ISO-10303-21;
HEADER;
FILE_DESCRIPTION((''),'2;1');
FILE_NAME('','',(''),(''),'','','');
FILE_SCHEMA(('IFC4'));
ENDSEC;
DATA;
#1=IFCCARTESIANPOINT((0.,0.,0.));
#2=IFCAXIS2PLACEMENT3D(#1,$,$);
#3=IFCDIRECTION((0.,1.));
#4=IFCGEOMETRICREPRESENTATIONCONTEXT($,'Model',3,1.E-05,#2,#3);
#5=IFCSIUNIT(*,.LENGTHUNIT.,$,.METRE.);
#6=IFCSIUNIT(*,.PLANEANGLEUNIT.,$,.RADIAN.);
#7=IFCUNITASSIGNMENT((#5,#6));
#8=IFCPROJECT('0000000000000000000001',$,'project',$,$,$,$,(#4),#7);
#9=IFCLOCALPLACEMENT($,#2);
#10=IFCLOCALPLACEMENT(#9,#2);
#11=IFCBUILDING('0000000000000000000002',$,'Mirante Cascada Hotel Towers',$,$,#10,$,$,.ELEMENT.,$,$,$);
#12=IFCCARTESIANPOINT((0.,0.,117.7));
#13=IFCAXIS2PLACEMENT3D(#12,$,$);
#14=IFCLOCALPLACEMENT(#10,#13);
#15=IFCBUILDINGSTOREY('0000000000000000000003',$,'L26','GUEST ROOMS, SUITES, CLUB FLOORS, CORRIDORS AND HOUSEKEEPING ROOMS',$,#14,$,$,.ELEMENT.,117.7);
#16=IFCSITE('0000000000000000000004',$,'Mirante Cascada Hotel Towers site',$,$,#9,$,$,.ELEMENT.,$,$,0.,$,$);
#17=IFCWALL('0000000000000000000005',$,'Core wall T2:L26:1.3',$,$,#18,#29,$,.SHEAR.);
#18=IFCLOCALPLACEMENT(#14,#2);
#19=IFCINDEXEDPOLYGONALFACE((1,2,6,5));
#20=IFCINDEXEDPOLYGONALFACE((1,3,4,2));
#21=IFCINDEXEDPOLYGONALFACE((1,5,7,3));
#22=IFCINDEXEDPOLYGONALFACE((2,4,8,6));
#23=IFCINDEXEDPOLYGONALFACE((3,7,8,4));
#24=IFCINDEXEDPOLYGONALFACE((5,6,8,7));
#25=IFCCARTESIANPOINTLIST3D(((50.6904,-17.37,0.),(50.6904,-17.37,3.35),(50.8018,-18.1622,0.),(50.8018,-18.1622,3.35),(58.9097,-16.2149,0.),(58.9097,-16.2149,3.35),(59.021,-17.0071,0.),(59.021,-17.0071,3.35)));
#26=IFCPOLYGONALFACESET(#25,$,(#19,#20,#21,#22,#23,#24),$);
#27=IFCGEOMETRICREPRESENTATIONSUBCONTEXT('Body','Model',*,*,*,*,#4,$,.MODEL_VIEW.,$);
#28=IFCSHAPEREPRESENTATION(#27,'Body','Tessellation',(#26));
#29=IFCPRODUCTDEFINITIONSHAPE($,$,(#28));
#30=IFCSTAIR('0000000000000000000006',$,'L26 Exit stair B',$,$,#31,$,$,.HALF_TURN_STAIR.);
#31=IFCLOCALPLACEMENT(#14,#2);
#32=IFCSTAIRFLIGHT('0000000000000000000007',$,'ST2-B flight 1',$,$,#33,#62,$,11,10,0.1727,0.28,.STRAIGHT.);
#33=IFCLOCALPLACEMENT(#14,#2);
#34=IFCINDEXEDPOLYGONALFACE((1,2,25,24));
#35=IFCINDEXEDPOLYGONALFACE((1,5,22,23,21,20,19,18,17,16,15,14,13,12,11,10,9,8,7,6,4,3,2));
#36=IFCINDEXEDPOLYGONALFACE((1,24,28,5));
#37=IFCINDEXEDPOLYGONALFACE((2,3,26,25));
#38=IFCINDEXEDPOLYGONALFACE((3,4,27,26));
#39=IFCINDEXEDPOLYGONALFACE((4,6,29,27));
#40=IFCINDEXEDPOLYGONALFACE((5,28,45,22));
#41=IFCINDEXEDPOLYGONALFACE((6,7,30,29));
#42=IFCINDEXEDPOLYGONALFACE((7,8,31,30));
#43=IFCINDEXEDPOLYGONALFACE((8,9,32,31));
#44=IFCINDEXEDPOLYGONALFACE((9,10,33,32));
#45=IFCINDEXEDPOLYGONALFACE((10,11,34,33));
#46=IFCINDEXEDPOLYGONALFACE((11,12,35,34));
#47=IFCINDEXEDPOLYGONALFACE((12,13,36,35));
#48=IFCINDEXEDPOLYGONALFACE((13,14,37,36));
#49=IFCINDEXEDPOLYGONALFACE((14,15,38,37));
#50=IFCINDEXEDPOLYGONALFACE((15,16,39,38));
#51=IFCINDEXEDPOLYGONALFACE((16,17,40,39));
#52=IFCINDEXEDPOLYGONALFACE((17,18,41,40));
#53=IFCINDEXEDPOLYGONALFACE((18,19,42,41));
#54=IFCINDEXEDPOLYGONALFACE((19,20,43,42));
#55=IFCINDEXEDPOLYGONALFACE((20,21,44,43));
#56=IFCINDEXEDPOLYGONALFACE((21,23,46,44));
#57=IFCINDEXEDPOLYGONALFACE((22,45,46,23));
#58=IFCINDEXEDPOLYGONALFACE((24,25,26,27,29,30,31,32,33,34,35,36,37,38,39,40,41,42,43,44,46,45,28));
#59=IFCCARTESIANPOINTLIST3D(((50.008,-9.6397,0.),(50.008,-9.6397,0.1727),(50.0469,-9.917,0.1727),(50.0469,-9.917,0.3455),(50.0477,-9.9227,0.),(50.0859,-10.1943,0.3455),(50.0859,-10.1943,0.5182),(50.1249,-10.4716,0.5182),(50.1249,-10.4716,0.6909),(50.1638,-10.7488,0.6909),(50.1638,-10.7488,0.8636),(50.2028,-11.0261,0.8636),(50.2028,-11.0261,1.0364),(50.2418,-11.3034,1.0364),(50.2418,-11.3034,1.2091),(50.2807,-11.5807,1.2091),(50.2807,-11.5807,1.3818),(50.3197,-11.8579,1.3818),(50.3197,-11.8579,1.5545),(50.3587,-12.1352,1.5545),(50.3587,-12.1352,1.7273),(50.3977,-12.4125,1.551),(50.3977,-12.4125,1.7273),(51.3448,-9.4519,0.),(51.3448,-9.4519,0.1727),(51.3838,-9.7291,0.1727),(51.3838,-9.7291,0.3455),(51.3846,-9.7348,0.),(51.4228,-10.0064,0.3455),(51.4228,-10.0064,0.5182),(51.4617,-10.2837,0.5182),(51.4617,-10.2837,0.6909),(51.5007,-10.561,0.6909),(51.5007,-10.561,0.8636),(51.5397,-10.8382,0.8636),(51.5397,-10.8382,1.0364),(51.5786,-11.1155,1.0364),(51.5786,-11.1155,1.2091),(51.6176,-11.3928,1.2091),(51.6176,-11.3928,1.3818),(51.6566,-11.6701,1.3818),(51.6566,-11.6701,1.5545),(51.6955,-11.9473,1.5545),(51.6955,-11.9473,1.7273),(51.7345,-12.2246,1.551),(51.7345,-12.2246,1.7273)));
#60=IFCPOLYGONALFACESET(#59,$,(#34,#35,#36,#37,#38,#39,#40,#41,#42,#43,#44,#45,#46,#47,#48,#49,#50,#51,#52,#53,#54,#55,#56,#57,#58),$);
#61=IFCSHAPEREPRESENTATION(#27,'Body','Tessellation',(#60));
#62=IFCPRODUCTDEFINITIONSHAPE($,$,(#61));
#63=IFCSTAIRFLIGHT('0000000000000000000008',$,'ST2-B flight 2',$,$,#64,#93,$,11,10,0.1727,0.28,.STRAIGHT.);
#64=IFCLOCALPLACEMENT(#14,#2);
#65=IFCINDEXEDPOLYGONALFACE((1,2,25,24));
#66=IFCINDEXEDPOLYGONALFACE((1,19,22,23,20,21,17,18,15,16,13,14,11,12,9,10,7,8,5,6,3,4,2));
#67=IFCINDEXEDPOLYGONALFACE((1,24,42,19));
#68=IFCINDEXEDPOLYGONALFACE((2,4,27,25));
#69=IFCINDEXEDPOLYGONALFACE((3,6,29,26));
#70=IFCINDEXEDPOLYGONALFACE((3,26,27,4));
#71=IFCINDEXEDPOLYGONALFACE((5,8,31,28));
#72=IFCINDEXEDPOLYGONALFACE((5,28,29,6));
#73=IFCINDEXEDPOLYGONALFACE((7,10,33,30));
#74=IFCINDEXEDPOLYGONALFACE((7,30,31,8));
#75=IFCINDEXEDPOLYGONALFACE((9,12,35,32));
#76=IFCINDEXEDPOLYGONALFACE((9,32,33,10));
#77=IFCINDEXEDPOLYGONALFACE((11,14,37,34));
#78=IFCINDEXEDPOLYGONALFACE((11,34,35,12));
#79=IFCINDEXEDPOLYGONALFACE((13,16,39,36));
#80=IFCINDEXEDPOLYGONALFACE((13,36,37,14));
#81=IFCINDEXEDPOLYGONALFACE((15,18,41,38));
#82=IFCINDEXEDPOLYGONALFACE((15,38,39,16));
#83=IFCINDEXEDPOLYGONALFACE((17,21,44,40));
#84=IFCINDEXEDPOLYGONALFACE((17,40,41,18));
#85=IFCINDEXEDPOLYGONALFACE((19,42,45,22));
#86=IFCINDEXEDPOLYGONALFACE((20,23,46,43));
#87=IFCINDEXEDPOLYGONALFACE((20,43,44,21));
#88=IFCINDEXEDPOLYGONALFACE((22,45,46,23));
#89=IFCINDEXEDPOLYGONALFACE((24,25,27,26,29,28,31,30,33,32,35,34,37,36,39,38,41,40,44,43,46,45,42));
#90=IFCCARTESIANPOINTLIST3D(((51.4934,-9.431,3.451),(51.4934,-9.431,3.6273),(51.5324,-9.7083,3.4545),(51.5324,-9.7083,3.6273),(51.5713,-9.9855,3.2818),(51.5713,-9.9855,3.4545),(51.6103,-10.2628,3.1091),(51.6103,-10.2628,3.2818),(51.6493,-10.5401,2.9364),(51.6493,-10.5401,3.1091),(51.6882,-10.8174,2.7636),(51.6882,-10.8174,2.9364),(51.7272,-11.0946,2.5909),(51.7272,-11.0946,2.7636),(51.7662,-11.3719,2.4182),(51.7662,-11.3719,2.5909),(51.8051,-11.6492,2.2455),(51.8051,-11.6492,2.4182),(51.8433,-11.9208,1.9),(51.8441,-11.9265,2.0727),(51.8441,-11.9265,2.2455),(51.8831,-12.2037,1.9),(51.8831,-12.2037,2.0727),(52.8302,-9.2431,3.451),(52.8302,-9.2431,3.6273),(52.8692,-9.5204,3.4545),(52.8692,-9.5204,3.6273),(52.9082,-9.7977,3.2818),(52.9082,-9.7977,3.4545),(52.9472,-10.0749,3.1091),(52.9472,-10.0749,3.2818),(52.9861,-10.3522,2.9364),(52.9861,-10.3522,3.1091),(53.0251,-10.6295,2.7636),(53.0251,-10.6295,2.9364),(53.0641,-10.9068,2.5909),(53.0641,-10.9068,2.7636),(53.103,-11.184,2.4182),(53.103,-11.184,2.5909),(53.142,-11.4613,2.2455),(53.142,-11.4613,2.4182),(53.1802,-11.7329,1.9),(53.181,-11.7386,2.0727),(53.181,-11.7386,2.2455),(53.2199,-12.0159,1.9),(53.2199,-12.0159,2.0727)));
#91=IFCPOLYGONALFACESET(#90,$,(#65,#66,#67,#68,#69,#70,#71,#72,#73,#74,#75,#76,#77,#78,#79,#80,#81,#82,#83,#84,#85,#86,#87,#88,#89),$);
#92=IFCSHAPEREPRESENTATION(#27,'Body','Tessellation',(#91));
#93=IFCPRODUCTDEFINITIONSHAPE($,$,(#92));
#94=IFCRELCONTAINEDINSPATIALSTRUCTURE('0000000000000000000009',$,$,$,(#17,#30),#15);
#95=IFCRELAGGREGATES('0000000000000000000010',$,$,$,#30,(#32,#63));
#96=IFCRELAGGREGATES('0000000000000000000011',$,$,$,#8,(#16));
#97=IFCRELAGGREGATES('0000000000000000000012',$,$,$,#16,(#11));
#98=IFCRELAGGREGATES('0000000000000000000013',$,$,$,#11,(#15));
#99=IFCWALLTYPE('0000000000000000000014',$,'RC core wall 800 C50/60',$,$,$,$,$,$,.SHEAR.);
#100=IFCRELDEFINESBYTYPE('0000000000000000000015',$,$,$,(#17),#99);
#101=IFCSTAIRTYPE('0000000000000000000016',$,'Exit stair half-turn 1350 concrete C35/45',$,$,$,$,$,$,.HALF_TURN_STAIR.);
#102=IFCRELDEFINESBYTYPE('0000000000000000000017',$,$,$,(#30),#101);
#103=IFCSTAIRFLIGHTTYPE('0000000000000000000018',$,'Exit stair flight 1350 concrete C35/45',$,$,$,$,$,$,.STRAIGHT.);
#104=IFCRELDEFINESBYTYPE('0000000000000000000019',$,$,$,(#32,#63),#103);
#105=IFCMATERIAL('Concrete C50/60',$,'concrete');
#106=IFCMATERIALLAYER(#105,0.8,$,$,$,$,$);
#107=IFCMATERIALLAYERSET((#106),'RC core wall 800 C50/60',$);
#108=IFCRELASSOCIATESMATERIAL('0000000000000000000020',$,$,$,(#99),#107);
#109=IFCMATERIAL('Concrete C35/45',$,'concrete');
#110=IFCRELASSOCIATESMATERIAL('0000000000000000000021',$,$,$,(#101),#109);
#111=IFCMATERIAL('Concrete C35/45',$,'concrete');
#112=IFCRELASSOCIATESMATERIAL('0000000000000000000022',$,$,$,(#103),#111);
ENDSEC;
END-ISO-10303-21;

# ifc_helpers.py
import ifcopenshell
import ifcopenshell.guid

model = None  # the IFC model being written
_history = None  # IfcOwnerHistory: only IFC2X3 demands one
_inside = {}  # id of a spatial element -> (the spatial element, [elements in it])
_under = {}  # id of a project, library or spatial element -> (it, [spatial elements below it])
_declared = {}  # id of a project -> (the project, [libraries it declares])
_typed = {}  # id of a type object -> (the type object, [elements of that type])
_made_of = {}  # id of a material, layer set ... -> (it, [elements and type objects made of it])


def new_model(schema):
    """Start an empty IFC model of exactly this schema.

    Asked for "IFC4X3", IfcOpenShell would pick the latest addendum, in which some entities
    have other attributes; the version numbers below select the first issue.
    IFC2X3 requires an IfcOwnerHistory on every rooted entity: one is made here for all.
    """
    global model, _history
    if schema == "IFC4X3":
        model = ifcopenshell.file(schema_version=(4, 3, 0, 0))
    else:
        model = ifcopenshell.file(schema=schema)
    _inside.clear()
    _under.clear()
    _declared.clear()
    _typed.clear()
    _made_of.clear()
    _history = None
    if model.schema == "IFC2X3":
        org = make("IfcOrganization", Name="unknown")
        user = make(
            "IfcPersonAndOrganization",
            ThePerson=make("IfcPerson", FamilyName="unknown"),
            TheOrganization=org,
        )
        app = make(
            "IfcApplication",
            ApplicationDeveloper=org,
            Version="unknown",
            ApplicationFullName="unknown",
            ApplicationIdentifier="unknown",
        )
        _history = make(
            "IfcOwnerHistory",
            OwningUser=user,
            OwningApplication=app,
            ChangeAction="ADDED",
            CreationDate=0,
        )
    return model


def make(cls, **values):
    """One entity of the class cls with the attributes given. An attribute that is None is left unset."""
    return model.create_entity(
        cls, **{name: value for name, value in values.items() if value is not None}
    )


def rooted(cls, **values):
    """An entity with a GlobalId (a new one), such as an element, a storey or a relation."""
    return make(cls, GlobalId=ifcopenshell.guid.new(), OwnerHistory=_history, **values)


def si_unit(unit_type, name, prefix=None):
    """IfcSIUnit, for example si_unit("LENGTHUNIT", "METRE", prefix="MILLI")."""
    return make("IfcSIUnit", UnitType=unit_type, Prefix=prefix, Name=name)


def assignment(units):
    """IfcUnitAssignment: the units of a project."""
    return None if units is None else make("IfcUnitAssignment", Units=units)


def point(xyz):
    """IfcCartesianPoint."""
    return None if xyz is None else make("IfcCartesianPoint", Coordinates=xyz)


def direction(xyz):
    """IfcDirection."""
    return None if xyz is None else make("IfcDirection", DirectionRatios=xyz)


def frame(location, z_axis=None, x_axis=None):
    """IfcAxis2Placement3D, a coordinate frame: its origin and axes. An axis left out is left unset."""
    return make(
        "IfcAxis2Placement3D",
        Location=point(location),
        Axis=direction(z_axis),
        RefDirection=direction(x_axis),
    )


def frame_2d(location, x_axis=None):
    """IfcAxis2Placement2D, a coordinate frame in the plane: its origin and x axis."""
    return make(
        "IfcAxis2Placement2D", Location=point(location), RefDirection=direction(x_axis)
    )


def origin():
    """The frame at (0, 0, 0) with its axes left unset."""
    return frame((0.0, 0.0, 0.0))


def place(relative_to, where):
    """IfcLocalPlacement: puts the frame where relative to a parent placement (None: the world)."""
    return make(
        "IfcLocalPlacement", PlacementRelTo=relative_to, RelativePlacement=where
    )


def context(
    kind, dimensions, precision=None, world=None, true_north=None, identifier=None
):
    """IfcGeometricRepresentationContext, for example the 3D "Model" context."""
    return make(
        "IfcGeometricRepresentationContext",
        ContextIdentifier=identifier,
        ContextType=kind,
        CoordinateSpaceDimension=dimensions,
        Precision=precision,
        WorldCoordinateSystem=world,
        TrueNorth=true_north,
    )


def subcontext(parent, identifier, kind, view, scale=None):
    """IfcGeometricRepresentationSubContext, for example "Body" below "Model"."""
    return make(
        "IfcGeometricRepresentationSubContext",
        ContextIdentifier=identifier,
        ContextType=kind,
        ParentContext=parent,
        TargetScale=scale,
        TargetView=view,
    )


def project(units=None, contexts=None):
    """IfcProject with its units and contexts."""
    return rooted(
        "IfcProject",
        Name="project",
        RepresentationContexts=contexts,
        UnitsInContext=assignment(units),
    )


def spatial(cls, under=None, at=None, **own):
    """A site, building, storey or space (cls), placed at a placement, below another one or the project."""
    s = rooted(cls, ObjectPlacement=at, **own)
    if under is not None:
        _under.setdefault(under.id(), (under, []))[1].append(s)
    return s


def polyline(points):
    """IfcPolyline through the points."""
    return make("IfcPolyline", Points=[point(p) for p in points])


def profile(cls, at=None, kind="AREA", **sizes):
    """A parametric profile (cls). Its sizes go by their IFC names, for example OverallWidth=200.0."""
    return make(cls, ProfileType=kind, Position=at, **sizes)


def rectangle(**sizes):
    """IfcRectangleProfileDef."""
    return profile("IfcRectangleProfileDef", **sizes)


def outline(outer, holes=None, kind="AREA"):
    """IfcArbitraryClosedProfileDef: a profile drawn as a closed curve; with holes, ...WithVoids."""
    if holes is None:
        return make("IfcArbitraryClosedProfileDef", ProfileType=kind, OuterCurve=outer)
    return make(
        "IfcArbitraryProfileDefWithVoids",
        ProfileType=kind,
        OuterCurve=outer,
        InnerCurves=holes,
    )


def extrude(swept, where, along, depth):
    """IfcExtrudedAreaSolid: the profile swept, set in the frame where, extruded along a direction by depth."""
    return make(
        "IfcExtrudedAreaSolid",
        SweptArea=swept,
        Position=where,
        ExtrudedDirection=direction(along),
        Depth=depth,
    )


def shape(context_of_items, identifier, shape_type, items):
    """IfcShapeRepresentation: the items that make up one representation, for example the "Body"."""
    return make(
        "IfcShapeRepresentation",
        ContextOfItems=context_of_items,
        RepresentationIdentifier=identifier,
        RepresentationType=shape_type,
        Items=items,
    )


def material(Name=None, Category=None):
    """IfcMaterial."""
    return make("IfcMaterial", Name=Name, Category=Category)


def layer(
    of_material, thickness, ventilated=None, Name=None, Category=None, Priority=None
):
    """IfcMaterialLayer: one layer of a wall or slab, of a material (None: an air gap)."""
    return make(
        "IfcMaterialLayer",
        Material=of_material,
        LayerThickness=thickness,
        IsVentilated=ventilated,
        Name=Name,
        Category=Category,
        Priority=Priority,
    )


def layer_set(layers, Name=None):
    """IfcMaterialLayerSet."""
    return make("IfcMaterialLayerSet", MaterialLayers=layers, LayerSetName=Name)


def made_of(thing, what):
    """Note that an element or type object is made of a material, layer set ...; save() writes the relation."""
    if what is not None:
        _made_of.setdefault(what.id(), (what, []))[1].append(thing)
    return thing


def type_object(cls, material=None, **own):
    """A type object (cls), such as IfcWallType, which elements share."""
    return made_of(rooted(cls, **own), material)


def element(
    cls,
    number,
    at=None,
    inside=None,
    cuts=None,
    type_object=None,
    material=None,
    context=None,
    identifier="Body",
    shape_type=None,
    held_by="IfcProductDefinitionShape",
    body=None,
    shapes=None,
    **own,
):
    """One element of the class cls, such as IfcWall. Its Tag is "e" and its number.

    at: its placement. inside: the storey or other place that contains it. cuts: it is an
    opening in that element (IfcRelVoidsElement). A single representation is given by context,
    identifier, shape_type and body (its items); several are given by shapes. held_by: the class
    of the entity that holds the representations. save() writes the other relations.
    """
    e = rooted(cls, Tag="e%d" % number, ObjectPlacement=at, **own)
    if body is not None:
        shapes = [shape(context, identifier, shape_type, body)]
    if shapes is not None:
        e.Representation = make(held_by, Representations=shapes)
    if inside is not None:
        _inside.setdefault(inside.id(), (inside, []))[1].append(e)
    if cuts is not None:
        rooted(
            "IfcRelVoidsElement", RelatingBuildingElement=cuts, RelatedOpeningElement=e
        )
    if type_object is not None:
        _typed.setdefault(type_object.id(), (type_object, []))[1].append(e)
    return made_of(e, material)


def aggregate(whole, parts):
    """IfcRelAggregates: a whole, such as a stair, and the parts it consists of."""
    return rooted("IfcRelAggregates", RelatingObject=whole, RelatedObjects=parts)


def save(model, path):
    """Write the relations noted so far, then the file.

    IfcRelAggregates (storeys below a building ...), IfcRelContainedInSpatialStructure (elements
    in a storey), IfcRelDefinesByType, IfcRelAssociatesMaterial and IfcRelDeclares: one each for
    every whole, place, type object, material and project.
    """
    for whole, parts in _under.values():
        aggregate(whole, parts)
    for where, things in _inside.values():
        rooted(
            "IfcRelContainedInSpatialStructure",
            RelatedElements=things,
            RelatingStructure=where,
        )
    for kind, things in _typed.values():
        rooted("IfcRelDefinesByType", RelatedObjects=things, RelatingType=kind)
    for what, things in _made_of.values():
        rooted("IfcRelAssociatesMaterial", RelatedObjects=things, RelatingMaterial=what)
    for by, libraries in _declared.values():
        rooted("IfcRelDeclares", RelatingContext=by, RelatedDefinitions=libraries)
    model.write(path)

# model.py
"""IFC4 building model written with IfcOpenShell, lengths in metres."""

from ifc_helpers import new_model, si_unit, direction, frame, frame_2d, origin, place, context, subcontext, project, spatial, polyline, rectangle, outline, extrude, material, layer, layer_set, type_object, element, aggregate, save


model = new_model("IFC4")

# Units and contexts
model_context = context("Model", 3, precision=1e-05, world=origin(), true_north=direction((0.0, 1.0)))
body_context = subcontext(model_context, "Body", "Model", "MODEL_VIEW")
ifc_project = project(units=[si_unit("LENGTHUNIT", "METRE"), si_unit("PLANEANGLEUNIT", "RADIAN")], contexts=[model_context])

# Site, building, storey
site_placement = place(None, origin())
site = spatial("IfcSite", under=ifc_project, at=site_placement, Name="Mirante Cascada Hotel Towers site", CompositionType="ELEMENT", RefElevation=0.0)
building_placement = place(site_placement, origin())
building = spatial("IfcBuilding", under=site, at=building_placement, Name="Mirante Cascada Hotel Towers", CompositionType="ELEMENT")
storey_placement = place(building_placement, frame((0.0, 0.0, 117.7)))
storey = spatial("IfcBuildingStorey", under=building, at=storey_placement, Name="L26", Description="GUEST ROOMS, SUITES, CLUB FLOORS, CORRIDORS AND HOUSEKEEPING ROOMS", CompositionType="ELEMENT", Elevation=117.7)

# Wall
ifc_material_1 = material(Name="Concrete C50/60", Category="concrete")
ifc_layer_1 = layer(ifc_material_1, 0.8)
ifc_layer_set_1 = layer_set([ifc_layer_1], Name="RC core wall 800 C50/60")
wall_type_1 = type_object("IfcWallType", Name="RC core wall 800 C50/60", PredefinedType="SHEAR", material=ifc_layer_set_1)
wall_1_placement = place(storey_placement, frame((50.7461, -17.7661, 0.0), z_axis=(0.0, 0.0, 1.0), x_axis=(0.990269, 0.139169, 0.0)))
element("IfcWall", 1, at=wall_1_placement, inside=storey, type_object=wall_type_1, Name="Core wall T2:L26:1.3", PredefinedType="SHEAR", context=body_context, shape_type="SweptSolid", body=[
    extrude(rectangle(XDim=8.3, YDim=0.8, at=frame_2d((4.15, 0.0))), origin(), (0.0, 0.0, 1.0), 3.35),
])

# Stair, stair flights
ifc_material_2 = material(Name="Concrete C35/45", Category="concrete")
stair_type = type_object("IfcStairType", Name="Exit stair half-turn 1350 concrete C35/45", PredefinedType="HALF_TURN_STAIR", material=ifc_material_2)
stair_placement = place(storey_placement, origin())
stair = element("IfcStair", 2, at=stair_placement, inside=storey, type_object=stair_type, Name="L26 Exit stair B", PredefinedType="HALF_TURN_STAIR")
ifc_material_3 = material(Name="Concrete C35/45", Category="concrete")
stair_flight_type = type_object("IfcStairFlightType", Name="Exit stair flight 1350 concrete C35/45", PredefinedType="STRAIGHT", material=ifc_material_3)
stair_flight_1_placement = place(storey_placement, frame((50.6764, -9.5458, 0.0), z_axis=(0.0, 0.0, 1.0), x_axis=(0.139173, -0.990268, 0.0)))
stair_flight_1 = element("IfcStairFlight", 3, at=stair_flight_1_placement, type_object=stair_flight_type, Name="ST2-B flight 1", NumberOfRisers=11, NumberOfTreads=10, PredefinedType="STRAIGHT", RiserHeight=0.1727, TreadLength=0.28, context=body_context, shape_type="SweptSolid", body=[
    extrude(outline(polyline([(0.0, 0.0), (0.0, 0.1727), (0.28, 0.1727), (0.28, 0.3455), (0.56, 0.3455), (0.56, 0.5182), (0.84, 0.5182), (0.84, 0.6909), (1.12, 0.6909), (1.12, 0.8636), (1.4, 0.8636), (1.4, 1.0364), (1.68, 1.0364), (1.68, 1.2091), (1.96, 1.2091), (1.96, 1.3818), (2.24, 1.3818), (2.24, 1.5545), (2.52, 1.5545), (2.52, 1.7273), (2.8, 1.7273), (2.8, 1.9), (2.8, 1.551), (0.2857, 0.0), (0.0, 0.0)])), frame((0.0, 0.675, 0.0), z_axis=(0.0, -1.0, 0.0), x_axis=(1.0, 0.0, 0.0)), (0.0, 0.0, 1.0), 1.35),
])
stair_flight_2_placement = place(storey_placement, frame((52.5515, -12.1098, 1.9), z_axis=(0.0, 0.0, 1.0), x_axis=(-0.139173, 0.990268, 0.0)))
stair_flight_2 = element("IfcStairFlight", 4, at=stair_flight_2_placement, type_object=stair_flight_type, Name="ST2-B flight 2", NumberOfRisers=11, NumberOfTreads=10, PredefinedType="STRAIGHT", RiserHeight=0.1727, TreadLength=0.28, context=body_context, shape_type="SweptSolid", body=[
    extrude(outline(polyline([(0.0, 0.0), (0.0, 0.1727), (0.28, 0.1727), (0.28, 0.3455), (0.56, 0.3455), (0.56, 0.5182), (0.84, 0.5182), (0.84, 0.6909), (1.12, 0.6909), (1.12, 0.8636), (1.4, 0.8636), (1.4, 1.0364), (1.68, 1.0364), (1.68, 1.2091), (1.96, 1.2091), (1.96, 1.3818), (2.24, 1.3818), (2.24, 1.5545), (2.52, 1.5545), (2.52, 1.7273), (2.8, 1.7273), (2.8, 1.9), (2.8, 1.551), (0.2857, 0.0), (0.0, 0.0)])), frame((0.0, 0.675, 0.0), z_axis=(0.0, -1.0, 0.0), x_axis=(1.0, 0.0, 0.0)), (0.0, 0.0, 1.0), 1.35),
])
aggregate(stair, [stair_flight_1, stair_flight_2])

save(model, "model.ifc")
